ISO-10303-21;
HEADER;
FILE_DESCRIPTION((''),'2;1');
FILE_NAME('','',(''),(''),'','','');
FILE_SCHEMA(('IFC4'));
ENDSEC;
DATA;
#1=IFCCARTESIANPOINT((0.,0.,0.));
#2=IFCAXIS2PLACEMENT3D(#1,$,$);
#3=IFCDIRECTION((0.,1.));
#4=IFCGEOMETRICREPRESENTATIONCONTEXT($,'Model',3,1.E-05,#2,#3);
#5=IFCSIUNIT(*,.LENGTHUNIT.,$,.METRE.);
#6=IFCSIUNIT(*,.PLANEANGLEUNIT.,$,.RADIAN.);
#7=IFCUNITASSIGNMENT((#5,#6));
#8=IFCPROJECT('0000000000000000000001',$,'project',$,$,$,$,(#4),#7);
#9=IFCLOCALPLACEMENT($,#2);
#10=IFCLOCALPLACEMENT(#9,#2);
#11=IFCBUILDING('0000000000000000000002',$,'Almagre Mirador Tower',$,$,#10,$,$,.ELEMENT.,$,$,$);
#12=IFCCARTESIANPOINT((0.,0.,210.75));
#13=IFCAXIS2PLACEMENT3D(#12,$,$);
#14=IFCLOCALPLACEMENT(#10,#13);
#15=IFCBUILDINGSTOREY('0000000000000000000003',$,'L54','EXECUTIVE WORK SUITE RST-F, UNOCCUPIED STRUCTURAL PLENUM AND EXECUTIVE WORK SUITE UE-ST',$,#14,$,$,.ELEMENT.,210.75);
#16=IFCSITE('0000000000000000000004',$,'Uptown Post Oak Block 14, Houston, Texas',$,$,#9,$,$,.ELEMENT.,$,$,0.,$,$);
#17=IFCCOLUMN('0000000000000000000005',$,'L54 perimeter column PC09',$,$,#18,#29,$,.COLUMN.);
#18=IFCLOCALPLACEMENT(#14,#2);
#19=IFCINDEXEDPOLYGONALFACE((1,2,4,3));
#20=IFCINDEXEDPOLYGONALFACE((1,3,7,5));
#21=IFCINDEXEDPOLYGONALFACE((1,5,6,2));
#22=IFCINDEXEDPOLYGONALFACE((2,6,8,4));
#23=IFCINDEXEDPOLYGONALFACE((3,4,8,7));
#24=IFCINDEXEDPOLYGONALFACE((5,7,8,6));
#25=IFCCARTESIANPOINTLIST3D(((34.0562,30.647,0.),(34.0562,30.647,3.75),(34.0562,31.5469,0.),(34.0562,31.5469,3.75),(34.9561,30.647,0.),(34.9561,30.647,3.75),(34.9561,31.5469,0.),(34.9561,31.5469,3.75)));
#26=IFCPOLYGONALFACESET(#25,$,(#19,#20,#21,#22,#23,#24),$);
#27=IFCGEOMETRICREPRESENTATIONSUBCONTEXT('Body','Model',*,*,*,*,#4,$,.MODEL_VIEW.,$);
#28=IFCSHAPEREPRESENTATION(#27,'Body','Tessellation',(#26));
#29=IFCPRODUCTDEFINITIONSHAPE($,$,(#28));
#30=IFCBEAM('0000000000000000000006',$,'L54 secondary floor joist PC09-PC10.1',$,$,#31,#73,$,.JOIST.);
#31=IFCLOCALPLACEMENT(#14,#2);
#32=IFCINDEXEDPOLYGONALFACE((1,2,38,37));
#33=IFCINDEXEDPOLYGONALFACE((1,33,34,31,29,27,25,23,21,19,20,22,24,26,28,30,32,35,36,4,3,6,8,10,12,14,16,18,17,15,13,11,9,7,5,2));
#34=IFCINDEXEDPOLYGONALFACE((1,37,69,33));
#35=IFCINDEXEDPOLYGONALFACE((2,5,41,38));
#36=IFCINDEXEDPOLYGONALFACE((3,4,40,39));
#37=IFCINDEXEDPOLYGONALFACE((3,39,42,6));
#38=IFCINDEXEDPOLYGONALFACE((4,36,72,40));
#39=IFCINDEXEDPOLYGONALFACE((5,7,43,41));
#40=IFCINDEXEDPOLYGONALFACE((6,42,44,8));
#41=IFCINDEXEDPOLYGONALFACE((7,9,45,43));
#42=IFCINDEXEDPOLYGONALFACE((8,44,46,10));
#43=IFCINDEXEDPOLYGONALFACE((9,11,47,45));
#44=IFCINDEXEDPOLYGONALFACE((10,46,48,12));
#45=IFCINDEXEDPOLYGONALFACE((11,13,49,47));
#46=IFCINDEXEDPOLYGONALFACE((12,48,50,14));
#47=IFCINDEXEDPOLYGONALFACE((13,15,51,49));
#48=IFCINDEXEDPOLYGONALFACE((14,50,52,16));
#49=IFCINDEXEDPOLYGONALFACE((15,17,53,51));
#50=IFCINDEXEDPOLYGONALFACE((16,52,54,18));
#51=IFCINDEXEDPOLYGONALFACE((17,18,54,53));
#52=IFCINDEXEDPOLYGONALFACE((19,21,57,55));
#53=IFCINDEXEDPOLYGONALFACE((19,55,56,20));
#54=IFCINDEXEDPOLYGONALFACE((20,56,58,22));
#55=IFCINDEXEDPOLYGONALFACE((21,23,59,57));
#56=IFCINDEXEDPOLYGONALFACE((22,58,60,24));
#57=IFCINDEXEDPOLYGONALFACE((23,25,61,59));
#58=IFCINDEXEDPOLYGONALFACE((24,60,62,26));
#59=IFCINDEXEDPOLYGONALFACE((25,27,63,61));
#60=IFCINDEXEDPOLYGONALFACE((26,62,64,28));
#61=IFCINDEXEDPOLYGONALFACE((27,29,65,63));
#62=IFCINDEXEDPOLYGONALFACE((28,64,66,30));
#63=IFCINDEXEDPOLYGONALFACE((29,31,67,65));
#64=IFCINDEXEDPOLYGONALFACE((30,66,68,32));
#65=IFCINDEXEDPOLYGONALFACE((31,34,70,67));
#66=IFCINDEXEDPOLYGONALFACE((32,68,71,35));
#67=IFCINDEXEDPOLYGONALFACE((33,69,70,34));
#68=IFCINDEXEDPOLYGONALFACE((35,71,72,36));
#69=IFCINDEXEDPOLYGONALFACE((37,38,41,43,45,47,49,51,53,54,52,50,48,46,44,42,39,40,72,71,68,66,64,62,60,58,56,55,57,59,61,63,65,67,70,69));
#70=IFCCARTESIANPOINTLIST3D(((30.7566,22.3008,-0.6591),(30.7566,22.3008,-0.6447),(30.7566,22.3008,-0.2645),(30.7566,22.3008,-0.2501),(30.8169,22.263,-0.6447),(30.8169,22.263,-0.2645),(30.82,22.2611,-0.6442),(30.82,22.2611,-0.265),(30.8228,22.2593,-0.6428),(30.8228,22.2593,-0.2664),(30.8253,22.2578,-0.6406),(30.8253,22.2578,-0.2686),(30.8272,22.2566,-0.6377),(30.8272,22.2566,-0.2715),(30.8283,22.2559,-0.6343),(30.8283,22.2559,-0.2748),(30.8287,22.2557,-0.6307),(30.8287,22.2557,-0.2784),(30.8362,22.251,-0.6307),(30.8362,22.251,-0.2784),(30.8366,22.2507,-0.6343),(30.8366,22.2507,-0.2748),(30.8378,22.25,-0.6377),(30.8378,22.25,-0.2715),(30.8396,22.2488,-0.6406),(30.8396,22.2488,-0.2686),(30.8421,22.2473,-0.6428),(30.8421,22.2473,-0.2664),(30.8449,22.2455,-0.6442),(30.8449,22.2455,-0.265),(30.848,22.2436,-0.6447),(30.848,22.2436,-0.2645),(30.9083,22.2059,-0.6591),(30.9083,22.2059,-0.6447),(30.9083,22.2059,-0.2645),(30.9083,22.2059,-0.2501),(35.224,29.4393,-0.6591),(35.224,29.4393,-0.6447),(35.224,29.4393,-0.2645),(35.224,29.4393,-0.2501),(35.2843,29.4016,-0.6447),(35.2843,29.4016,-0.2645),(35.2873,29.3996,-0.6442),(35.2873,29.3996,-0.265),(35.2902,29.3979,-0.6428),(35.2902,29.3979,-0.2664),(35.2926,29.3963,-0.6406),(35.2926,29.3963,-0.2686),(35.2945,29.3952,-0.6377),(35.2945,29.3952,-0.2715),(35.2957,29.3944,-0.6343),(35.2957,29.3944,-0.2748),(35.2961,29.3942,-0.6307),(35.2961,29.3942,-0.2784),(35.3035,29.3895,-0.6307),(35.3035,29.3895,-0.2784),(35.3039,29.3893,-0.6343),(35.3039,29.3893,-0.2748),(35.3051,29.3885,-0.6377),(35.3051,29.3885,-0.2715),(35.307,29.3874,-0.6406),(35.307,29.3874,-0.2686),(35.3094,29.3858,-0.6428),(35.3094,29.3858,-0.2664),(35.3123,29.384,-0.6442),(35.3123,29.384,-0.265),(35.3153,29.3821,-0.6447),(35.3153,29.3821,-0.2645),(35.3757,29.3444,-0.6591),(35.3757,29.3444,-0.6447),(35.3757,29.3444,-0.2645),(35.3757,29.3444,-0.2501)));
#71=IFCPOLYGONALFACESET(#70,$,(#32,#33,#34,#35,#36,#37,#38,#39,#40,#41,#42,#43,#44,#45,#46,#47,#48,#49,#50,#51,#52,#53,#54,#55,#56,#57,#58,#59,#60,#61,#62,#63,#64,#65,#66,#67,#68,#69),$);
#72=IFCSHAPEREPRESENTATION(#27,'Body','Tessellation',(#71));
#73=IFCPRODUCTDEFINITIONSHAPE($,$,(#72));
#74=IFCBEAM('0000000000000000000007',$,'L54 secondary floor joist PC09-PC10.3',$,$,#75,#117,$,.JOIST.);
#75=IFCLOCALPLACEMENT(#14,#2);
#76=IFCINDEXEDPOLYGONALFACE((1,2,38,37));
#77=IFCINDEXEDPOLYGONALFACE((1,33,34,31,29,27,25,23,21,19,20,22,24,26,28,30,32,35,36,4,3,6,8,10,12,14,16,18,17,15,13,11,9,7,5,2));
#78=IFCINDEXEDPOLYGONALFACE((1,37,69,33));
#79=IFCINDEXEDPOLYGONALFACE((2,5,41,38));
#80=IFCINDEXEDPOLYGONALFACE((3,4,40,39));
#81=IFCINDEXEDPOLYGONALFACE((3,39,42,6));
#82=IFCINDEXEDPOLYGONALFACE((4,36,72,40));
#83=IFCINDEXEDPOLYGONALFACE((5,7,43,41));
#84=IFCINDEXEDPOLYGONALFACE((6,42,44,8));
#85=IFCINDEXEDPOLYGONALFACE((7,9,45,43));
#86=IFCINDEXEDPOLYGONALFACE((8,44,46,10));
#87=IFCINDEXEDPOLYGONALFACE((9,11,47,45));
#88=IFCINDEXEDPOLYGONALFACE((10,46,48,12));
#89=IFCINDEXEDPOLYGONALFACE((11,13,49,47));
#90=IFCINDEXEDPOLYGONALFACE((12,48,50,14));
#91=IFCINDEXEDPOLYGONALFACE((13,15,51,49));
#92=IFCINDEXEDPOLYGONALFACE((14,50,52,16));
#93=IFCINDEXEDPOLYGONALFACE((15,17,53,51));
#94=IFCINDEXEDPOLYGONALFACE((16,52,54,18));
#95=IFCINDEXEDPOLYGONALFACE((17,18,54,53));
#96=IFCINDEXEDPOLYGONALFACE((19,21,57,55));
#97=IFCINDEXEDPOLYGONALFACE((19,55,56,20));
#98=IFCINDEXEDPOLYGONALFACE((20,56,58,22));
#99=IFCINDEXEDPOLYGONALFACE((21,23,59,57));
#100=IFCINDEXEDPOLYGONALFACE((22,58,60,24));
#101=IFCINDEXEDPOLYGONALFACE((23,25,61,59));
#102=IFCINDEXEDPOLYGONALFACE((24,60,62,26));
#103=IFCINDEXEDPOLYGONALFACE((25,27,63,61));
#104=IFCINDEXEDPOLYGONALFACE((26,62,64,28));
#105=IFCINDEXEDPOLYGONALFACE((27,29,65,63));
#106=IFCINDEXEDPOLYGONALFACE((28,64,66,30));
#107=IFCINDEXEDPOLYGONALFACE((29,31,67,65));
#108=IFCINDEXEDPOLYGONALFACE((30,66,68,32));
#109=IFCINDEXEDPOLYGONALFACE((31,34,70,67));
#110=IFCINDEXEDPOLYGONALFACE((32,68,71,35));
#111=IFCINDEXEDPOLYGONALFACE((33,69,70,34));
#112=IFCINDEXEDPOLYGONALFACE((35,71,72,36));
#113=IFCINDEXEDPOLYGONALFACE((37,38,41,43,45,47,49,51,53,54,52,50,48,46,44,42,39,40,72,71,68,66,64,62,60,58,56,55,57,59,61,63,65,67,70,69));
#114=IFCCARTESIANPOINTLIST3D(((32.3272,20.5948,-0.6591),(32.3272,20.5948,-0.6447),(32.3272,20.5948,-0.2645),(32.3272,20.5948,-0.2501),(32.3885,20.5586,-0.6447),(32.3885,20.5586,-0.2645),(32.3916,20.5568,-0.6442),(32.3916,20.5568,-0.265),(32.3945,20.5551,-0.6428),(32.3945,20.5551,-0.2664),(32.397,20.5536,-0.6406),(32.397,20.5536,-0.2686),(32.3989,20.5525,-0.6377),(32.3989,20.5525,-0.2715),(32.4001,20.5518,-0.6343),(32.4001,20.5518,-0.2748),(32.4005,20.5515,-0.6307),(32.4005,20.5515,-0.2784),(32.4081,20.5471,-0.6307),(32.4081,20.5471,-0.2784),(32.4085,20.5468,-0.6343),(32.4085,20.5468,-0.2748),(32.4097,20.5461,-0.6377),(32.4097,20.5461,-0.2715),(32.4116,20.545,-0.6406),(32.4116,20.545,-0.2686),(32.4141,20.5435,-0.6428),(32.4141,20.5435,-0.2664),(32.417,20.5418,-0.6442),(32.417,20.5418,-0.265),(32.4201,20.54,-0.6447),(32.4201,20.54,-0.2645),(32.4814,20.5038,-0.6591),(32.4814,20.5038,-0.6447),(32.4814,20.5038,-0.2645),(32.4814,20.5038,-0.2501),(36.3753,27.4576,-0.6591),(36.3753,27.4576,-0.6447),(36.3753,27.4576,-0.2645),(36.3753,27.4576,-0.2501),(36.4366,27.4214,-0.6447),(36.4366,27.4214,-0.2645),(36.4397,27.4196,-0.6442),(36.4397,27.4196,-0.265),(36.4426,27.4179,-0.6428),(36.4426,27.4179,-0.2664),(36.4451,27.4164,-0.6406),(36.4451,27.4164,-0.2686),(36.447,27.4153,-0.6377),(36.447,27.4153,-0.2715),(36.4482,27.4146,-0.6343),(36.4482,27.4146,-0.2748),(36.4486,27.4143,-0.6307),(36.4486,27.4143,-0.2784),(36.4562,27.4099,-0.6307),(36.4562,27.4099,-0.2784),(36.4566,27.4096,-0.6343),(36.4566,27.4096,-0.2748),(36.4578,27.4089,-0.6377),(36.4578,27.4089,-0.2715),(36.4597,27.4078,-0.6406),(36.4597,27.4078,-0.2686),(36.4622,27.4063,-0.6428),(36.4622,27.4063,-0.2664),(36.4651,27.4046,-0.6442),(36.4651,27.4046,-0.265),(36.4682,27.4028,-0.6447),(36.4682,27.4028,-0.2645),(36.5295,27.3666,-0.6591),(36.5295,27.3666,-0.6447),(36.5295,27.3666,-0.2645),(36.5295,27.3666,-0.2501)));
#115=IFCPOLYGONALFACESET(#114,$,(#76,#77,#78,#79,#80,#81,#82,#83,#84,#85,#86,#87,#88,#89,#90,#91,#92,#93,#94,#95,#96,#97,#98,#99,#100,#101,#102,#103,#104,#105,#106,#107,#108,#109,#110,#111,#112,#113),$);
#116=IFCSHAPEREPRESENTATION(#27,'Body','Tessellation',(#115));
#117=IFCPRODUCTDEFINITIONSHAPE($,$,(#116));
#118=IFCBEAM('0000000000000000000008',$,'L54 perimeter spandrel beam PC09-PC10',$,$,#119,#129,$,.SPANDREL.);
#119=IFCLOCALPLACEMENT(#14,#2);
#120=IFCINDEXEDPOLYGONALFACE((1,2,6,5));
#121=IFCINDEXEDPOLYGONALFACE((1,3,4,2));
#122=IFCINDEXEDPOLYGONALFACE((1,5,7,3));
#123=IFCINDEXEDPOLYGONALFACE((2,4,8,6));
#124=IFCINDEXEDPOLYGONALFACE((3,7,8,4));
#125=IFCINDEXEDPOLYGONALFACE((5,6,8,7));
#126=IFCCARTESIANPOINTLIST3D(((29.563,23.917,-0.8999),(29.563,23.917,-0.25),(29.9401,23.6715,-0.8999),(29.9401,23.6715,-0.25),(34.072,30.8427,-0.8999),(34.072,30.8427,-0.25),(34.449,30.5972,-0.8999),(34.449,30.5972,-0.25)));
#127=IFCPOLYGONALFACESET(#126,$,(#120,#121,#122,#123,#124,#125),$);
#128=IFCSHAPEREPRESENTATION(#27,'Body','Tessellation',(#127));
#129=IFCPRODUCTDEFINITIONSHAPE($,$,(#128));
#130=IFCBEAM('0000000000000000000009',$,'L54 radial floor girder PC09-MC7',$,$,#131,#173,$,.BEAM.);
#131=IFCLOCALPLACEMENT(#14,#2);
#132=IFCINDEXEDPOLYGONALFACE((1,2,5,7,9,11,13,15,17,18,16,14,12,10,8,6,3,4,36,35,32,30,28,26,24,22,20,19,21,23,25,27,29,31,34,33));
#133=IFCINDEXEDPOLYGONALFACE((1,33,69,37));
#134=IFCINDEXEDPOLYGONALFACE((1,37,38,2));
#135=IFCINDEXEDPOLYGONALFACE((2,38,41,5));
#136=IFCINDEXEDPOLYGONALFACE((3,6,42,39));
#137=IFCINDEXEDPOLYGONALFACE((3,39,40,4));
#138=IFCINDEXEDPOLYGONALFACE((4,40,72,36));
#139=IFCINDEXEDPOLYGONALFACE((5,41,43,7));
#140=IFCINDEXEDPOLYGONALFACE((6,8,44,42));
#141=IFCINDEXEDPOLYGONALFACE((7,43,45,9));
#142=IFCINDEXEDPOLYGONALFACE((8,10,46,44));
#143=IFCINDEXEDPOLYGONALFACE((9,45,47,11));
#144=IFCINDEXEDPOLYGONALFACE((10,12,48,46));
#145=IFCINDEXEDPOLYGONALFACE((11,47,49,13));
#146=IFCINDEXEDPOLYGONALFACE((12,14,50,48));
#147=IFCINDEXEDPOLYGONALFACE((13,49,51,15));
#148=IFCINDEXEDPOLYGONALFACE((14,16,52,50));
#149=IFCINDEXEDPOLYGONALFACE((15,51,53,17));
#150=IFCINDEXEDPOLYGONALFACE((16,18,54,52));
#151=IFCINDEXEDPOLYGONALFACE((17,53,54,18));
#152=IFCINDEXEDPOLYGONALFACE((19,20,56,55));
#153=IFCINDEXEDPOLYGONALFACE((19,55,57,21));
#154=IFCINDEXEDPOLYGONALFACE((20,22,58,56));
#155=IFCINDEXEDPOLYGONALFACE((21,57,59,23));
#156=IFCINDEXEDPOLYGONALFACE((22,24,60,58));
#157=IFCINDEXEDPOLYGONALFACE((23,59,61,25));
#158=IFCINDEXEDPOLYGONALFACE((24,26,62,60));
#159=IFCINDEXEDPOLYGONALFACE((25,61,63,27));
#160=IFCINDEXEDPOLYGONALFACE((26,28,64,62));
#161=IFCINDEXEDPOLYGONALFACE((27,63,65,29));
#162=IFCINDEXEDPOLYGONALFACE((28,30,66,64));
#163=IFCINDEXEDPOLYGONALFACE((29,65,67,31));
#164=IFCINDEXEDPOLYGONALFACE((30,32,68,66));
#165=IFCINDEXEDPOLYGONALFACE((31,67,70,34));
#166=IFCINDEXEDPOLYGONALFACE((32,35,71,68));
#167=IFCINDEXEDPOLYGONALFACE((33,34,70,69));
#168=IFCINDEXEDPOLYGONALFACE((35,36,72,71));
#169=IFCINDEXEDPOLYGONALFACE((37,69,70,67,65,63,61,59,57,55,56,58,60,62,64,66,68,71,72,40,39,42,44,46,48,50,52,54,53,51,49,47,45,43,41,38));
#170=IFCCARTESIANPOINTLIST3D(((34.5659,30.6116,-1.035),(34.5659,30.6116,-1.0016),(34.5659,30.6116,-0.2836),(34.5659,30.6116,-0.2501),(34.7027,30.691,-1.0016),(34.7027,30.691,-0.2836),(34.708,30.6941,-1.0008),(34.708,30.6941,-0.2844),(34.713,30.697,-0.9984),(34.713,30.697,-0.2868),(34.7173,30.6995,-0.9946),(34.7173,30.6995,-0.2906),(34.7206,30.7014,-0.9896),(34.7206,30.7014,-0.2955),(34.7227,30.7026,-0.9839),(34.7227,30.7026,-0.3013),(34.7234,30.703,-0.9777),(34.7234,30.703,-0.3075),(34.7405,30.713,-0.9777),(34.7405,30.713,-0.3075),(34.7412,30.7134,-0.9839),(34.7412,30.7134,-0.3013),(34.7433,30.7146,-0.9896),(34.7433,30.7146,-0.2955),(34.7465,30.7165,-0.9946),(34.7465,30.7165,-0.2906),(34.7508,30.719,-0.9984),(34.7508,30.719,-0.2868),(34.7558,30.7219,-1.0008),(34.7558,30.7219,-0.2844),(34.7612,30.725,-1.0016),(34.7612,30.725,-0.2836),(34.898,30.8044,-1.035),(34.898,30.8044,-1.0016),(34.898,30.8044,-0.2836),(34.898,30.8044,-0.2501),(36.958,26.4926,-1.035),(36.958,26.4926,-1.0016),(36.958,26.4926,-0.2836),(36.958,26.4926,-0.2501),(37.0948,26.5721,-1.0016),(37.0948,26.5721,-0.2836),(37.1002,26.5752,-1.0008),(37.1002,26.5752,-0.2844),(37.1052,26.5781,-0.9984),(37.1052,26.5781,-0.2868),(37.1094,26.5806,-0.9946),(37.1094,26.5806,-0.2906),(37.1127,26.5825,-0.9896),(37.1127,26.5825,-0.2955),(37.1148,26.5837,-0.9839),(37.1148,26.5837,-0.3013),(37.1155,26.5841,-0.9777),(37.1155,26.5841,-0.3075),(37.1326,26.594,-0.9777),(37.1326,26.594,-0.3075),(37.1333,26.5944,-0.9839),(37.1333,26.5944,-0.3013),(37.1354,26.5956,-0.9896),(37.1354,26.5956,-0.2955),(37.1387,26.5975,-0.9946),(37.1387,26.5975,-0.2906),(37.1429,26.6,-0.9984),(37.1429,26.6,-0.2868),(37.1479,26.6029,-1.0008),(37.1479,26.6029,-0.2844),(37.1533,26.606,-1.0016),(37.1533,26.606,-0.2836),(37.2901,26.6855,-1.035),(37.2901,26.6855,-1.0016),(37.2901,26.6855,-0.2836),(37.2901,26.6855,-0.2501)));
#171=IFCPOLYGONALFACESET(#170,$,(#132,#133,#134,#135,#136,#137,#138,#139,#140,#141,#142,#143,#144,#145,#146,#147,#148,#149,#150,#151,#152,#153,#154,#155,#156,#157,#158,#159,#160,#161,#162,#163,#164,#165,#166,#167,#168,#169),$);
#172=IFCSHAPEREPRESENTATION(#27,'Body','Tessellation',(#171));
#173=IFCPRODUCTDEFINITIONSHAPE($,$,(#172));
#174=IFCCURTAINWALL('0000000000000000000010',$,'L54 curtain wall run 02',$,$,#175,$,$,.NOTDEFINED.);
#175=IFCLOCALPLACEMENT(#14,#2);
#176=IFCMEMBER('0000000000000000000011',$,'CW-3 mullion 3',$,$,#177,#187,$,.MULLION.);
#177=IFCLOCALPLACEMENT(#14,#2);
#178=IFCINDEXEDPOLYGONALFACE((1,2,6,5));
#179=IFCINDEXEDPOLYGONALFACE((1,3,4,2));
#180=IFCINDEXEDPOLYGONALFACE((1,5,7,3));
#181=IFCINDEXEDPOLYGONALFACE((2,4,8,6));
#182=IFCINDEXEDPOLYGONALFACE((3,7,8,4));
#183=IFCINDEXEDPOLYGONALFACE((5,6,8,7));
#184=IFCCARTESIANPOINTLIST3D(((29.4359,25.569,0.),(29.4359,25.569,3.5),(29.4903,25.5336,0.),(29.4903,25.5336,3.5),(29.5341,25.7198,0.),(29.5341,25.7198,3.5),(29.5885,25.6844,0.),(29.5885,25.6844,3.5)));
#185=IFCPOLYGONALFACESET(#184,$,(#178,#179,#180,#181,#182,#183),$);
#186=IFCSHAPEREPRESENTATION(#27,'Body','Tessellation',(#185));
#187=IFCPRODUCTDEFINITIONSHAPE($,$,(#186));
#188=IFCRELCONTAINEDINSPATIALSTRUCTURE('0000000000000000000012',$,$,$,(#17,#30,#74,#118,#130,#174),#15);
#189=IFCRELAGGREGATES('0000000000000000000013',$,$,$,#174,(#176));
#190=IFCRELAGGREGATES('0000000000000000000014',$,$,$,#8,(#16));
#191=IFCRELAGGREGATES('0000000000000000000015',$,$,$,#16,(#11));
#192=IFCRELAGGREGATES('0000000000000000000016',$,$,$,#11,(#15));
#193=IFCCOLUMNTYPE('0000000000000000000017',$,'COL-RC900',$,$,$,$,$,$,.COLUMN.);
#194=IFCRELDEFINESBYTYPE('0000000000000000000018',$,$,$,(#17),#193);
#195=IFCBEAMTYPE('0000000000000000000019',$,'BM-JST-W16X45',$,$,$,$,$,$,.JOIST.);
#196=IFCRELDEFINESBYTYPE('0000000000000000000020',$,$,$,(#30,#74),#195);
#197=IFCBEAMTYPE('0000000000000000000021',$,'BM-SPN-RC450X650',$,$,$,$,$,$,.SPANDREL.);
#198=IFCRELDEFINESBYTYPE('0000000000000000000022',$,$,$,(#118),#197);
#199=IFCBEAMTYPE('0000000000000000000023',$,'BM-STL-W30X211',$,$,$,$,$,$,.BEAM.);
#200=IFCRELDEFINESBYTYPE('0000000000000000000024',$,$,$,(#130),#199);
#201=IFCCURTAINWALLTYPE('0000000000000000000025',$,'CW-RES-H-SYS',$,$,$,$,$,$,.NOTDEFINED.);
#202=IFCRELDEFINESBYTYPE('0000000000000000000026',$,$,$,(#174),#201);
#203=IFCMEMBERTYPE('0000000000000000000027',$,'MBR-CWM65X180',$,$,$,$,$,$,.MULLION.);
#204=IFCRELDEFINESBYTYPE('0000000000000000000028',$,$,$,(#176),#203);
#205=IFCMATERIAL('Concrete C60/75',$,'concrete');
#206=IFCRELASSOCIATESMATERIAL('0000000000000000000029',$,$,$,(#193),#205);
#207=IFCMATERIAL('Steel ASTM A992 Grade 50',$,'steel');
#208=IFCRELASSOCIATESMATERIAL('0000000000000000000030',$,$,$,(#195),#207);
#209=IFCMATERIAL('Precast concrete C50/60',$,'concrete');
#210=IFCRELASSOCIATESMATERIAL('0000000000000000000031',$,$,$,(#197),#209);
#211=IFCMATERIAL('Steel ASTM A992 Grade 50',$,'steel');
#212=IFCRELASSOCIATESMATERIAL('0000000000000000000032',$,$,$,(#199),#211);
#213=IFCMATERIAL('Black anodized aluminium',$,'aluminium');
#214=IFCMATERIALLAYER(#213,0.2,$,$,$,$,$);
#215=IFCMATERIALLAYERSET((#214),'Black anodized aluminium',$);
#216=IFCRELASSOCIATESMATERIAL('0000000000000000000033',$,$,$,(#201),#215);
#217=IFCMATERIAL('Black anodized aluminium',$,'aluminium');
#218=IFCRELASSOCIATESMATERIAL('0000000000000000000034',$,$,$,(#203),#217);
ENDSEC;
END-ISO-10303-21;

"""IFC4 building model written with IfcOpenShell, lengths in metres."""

from ifc_helpers import new_model, si_unit, direction, frame, origin, origin_2d, place, context, subcontext, project, spatial, rectangle, i_section, extrude, material, layer, layer_set, material_profile, profile_set, type_object, element, aggregate, save


model = new_model("IFC4")

# Units and contexts
model_context = context("Model", 3, precision=1e-05, world=origin(), true_north=direction((0.0, 1.0)))
body_context = subcontext(model_context, "Body", "Model", "MODEL_VIEW")
ifc_project = project(units=[si_unit("LENGTHUNIT", "METRE"), si_unit("PLANEANGLEUNIT", "RADIAN")], contexts=[model_context])

# Site, building, storey
site_placement = place(None, origin())
site = spatial("IfcSite", under=ifc_project, at=site_placement, Name="Uptown Post Oak Block 14, Houston, Texas", CompositionType="ELEMENT", RefElevation=0.0)
building_placement = place(site_placement, origin())
building = spatial("IfcBuilding", under=site, at=building_placement, Name="Almagre Mirador Tower", CompositionType="ELEMENT")
storey_placement = place(building_placement, frame((0.0, 0.0, 210.75)))
storey = spatial("IfcBuildingStorey", under=building, at=storey_placement, Name="L54", Description="EXECUTIVE WORK SUITE RST-F, UNOCCUPIED STRUCTURAL PLENUM AND EXECUTIVE WORK SUITE UE-ST", CompositionType="ELEMENT", Elevation=210.75)

# Column
ifc_material_1 = material(Name="Concrete C60/75", Category="concrete")
ifc_material_profile_1 = material_profile(ifc_material_1, rectangle(XDim=0.8999, YDim=0.8999, at=origin_2d()), Name="RC900X900")
ifc_profile_set_1 = profile_set([ifc_material_profile_1], Name="Concrete C60/75")
column_type = type_object("IfcColumnType", Name="COL-RC900", PredefinedType="COLUMN", material=ifc_profile_set_1)
column_placement = place(storey_placement, frame((34.5061, 31.0969, 0.0), z_axis=(0.0, 0.0, 1.0), x_axis=(1.0, 0.0, 0.0)))
element("IfcColumn", 1, at=column_placement, inside=storey, type_object=column_type, Name="L54 perimeter column PC09", PredefinedType="COLUMN", context=body_context, shape_type="SweptSolid", body=[
    extrude(rectangle(XDim=0.8999, YDim=0.8999, at=origin_2d()), origin(), (0.0, 0.0, 1.0), 3.75),
])

# Beams
ifc_material_2 = material(Name="Steel ASTM A992 Grade 50", Category="steel")
ifc_material_profile_2 = material_profile(ifc_material_2, i_section(OverallWidth=0.179, OverallDepth=0.4089, WebThickness=0.0088, FlangeThickness=0.0144, FilletRadius=0.0139, at=origin_2d()), Name="W16X45")
ifc_profile_set_2 = profile_set([ifc_material_profile_2], Name="Steel ASTM A992 Grade 50")
beam_type_1 = type_object("IfcBeamType", Name="BM-JST-W16X45", PredefinedType="JOIST", material=ifc_profile_set_2)
beam_1_placement = place(storey_placement, frame((35.2998, 29.3918, -0.4546), z_axis=(-0.530491, -0.84769, 0.0), x_axis=(0.84769, -0.530491, 0.0)))
element("IfcBeam", 2, at=beam_1_placement, inside=storey, type_object=beam_type_1, Name="L54 secondary floor joist PC09-PC10.1", PredefinedType="JOIST", context=body_context, shape_type="SweptSolid", body=[
    extrude(i_section(OverallWidth=0.179, OverallDepth=0.4089, WebThickness=0.0088, FlangeThickness=0.0144, FilletRadius=0.0139, at=origin_2d()), origin(), (0.0, 0.0, 1.0), 8.4211),
])
beam_2_placement = place(storey_placement, frame((36.4524, 27.4121, -0.4546), z_axis=(-0.50806, -0.861322, 0.0), x_axis=(0.861322, -0.50806, 0.0)))
element("IfcBeam", 3, at=beam_2_placement, inside=storey, type_object=beam_type_1, Name="L54 secondary floor joist PC09-PC10.3", PredefinedType="JOIST", context=body_context, shape_type="SweptSolid", body=[
    extrude(i_section(OverallWidth=0.179, OverallDepth=0.4089, WebThickness=0.0088, FlangeThickness=0.0144, FilletRadius=0.0139, at=origin_2d()), origin(), (0.0, 0.0, 1.0), 7.9678),
])
ifc_material_3 = material(Name="Precast concrete C50/60", Category="concrete")
ifc_material_profile_3 = material_profile(ifc_material_3, rectangle(XDim=0.45, YDim=0.6499, at=origin_2d()), Name="RC450X650")
ifc_profile_set_3 = profile_set([ifc_material_profile_3], Name="Precast concrete C50/60")
beam_type_2 = type_object("IfcBeamType", Name="BM-SPN-RC450X650", PredefinedType="SPANDREL", material=ifc_profile_set_3)
beam_3_placement = place(storey_placement, frame((34.2605, 30.72, -0.575), z_axis=(-0.545607, -0.838041, 0.0), x_axis=(0.838041, -0.545607, 0.0)))
element("IfcBeam", 4, at=beam_3_placement, inside=storey, type_object=beam_type_2, Name="L54 perimeter spandrel beam PC09-PC10", PredefinedType="SPANDREL", context=body_context, shape_type="SweptSolid", body=[
    extrude(rectangle(XDim=0.45, YDim=0.6499, at=origin_2d()), origin(), (0.0, 0.0, 1.0), 8.2642),
])
ifc_material_4 = material(Name="Steel ASTM A992 Grade 50", Category="steel")
ifc_material_profile_4 = material_profile(ifc_material_4, i_section(OverallWidth=0.384, OverallDepth=0.7849, WebThickness=0.0198, FlangeThickness=0.0334, FilletRadius=0.0239, at=origin_2d()), Name="W30X211")
ifc_profile_set_4 = profile_set([ifc_material_profile_4], Name="Steel ASTM A992 Grade 50")
beam_type_3 = type_object("IfcBeamType", Name="BM-STL-W30X211", PredefinedType="BEAM", material=ifc_profile_set_4)
beam_4_placement = place(storey_placement, frame((34.7319, 30.708, -0.6426), z_axis=(0.50221, -0.864746, 0.0), x_axis=(0.864746, 0.50221, 0.0)))
element("IfcBeam", 5, at=beam_4_placement, inside=storey, type_object=beam_type_3, Name="L54 radial floor girder PC09-MC7", PredefinedType="BEAM", context=body_context, shape_type="SweptSolid", body=[
    extrude(i_section(OverallWidth=0.384, OverallDepth=0.7849, WebThickness=0.0198, FlangeThickness=0.0334, FilletRadius=0.0239, at=origin_2d()), origin(), (0.0, 0.0, 1.0), 4.7632),
])

# Curtain wall, member
ifc_material_5 = material(Name="Black anodized aluminium", Category="aluminium")
ifc_layer_1 = layer(ifc_material_5, 0.2)
ifc_layer_set_1 = layer_set([ifc_layer_1], Name="Black anodized aluminium")
curtain_wall_type = type_object("IfcCurtainWallType", Name="CW-RES-H-SYS", PredefinedType="NOTDEFINED", material=ifc_layer_set_1)
curtain_wall_placement = place(storey_placement, origin())
curtain_wall = element("IfcCurtainWall", 6, at=curtain_wall_placement, inside=storey, type_object=curtain_wall_type, Name="L54 curtain wall run 02", PredefinedType="NOTDEFINED")
ifc_material_6 = material(Name="Black anodized aluminium", Category="aluminium")
ifc_material_profile_5 = material_profile(ifc_material_6, rectangle(XDim=0.0649, YDim=0.1799, at=origin_2d()), Name="CWM65X180")
ifc_profile_set_5 = profile_set([ifc_material_profile_5], Name="Black anodized aluminium")
member_type = type_object("IfcMemberType", Name="MBR-CWM65X180", PredefinedType="MULLION", material=ifc_profile_set_5)
member_placement = place(storey_placement, frame((29.5122, 25.6267, 0.0), z_axis=(0.0, 0.0, 1.0), x_axis=(-0.838036, 0.545614, 0.0)))
member = element("IfcMember", 7, at=member_placement, type_object=member_type, Name="CW-3 mullion 3", PredefinedType="MULLION", context=body_context, shape_type="SweptSolid", body=[
    extrude(rectangle(XDim=0.0649, YDim=0.1799, at=origin_2d()), origin(), (0.0, 0.0, 1.0), 3.5),
])
aggregate(curtain_wall, [member])

save(model, "model.ifc")
